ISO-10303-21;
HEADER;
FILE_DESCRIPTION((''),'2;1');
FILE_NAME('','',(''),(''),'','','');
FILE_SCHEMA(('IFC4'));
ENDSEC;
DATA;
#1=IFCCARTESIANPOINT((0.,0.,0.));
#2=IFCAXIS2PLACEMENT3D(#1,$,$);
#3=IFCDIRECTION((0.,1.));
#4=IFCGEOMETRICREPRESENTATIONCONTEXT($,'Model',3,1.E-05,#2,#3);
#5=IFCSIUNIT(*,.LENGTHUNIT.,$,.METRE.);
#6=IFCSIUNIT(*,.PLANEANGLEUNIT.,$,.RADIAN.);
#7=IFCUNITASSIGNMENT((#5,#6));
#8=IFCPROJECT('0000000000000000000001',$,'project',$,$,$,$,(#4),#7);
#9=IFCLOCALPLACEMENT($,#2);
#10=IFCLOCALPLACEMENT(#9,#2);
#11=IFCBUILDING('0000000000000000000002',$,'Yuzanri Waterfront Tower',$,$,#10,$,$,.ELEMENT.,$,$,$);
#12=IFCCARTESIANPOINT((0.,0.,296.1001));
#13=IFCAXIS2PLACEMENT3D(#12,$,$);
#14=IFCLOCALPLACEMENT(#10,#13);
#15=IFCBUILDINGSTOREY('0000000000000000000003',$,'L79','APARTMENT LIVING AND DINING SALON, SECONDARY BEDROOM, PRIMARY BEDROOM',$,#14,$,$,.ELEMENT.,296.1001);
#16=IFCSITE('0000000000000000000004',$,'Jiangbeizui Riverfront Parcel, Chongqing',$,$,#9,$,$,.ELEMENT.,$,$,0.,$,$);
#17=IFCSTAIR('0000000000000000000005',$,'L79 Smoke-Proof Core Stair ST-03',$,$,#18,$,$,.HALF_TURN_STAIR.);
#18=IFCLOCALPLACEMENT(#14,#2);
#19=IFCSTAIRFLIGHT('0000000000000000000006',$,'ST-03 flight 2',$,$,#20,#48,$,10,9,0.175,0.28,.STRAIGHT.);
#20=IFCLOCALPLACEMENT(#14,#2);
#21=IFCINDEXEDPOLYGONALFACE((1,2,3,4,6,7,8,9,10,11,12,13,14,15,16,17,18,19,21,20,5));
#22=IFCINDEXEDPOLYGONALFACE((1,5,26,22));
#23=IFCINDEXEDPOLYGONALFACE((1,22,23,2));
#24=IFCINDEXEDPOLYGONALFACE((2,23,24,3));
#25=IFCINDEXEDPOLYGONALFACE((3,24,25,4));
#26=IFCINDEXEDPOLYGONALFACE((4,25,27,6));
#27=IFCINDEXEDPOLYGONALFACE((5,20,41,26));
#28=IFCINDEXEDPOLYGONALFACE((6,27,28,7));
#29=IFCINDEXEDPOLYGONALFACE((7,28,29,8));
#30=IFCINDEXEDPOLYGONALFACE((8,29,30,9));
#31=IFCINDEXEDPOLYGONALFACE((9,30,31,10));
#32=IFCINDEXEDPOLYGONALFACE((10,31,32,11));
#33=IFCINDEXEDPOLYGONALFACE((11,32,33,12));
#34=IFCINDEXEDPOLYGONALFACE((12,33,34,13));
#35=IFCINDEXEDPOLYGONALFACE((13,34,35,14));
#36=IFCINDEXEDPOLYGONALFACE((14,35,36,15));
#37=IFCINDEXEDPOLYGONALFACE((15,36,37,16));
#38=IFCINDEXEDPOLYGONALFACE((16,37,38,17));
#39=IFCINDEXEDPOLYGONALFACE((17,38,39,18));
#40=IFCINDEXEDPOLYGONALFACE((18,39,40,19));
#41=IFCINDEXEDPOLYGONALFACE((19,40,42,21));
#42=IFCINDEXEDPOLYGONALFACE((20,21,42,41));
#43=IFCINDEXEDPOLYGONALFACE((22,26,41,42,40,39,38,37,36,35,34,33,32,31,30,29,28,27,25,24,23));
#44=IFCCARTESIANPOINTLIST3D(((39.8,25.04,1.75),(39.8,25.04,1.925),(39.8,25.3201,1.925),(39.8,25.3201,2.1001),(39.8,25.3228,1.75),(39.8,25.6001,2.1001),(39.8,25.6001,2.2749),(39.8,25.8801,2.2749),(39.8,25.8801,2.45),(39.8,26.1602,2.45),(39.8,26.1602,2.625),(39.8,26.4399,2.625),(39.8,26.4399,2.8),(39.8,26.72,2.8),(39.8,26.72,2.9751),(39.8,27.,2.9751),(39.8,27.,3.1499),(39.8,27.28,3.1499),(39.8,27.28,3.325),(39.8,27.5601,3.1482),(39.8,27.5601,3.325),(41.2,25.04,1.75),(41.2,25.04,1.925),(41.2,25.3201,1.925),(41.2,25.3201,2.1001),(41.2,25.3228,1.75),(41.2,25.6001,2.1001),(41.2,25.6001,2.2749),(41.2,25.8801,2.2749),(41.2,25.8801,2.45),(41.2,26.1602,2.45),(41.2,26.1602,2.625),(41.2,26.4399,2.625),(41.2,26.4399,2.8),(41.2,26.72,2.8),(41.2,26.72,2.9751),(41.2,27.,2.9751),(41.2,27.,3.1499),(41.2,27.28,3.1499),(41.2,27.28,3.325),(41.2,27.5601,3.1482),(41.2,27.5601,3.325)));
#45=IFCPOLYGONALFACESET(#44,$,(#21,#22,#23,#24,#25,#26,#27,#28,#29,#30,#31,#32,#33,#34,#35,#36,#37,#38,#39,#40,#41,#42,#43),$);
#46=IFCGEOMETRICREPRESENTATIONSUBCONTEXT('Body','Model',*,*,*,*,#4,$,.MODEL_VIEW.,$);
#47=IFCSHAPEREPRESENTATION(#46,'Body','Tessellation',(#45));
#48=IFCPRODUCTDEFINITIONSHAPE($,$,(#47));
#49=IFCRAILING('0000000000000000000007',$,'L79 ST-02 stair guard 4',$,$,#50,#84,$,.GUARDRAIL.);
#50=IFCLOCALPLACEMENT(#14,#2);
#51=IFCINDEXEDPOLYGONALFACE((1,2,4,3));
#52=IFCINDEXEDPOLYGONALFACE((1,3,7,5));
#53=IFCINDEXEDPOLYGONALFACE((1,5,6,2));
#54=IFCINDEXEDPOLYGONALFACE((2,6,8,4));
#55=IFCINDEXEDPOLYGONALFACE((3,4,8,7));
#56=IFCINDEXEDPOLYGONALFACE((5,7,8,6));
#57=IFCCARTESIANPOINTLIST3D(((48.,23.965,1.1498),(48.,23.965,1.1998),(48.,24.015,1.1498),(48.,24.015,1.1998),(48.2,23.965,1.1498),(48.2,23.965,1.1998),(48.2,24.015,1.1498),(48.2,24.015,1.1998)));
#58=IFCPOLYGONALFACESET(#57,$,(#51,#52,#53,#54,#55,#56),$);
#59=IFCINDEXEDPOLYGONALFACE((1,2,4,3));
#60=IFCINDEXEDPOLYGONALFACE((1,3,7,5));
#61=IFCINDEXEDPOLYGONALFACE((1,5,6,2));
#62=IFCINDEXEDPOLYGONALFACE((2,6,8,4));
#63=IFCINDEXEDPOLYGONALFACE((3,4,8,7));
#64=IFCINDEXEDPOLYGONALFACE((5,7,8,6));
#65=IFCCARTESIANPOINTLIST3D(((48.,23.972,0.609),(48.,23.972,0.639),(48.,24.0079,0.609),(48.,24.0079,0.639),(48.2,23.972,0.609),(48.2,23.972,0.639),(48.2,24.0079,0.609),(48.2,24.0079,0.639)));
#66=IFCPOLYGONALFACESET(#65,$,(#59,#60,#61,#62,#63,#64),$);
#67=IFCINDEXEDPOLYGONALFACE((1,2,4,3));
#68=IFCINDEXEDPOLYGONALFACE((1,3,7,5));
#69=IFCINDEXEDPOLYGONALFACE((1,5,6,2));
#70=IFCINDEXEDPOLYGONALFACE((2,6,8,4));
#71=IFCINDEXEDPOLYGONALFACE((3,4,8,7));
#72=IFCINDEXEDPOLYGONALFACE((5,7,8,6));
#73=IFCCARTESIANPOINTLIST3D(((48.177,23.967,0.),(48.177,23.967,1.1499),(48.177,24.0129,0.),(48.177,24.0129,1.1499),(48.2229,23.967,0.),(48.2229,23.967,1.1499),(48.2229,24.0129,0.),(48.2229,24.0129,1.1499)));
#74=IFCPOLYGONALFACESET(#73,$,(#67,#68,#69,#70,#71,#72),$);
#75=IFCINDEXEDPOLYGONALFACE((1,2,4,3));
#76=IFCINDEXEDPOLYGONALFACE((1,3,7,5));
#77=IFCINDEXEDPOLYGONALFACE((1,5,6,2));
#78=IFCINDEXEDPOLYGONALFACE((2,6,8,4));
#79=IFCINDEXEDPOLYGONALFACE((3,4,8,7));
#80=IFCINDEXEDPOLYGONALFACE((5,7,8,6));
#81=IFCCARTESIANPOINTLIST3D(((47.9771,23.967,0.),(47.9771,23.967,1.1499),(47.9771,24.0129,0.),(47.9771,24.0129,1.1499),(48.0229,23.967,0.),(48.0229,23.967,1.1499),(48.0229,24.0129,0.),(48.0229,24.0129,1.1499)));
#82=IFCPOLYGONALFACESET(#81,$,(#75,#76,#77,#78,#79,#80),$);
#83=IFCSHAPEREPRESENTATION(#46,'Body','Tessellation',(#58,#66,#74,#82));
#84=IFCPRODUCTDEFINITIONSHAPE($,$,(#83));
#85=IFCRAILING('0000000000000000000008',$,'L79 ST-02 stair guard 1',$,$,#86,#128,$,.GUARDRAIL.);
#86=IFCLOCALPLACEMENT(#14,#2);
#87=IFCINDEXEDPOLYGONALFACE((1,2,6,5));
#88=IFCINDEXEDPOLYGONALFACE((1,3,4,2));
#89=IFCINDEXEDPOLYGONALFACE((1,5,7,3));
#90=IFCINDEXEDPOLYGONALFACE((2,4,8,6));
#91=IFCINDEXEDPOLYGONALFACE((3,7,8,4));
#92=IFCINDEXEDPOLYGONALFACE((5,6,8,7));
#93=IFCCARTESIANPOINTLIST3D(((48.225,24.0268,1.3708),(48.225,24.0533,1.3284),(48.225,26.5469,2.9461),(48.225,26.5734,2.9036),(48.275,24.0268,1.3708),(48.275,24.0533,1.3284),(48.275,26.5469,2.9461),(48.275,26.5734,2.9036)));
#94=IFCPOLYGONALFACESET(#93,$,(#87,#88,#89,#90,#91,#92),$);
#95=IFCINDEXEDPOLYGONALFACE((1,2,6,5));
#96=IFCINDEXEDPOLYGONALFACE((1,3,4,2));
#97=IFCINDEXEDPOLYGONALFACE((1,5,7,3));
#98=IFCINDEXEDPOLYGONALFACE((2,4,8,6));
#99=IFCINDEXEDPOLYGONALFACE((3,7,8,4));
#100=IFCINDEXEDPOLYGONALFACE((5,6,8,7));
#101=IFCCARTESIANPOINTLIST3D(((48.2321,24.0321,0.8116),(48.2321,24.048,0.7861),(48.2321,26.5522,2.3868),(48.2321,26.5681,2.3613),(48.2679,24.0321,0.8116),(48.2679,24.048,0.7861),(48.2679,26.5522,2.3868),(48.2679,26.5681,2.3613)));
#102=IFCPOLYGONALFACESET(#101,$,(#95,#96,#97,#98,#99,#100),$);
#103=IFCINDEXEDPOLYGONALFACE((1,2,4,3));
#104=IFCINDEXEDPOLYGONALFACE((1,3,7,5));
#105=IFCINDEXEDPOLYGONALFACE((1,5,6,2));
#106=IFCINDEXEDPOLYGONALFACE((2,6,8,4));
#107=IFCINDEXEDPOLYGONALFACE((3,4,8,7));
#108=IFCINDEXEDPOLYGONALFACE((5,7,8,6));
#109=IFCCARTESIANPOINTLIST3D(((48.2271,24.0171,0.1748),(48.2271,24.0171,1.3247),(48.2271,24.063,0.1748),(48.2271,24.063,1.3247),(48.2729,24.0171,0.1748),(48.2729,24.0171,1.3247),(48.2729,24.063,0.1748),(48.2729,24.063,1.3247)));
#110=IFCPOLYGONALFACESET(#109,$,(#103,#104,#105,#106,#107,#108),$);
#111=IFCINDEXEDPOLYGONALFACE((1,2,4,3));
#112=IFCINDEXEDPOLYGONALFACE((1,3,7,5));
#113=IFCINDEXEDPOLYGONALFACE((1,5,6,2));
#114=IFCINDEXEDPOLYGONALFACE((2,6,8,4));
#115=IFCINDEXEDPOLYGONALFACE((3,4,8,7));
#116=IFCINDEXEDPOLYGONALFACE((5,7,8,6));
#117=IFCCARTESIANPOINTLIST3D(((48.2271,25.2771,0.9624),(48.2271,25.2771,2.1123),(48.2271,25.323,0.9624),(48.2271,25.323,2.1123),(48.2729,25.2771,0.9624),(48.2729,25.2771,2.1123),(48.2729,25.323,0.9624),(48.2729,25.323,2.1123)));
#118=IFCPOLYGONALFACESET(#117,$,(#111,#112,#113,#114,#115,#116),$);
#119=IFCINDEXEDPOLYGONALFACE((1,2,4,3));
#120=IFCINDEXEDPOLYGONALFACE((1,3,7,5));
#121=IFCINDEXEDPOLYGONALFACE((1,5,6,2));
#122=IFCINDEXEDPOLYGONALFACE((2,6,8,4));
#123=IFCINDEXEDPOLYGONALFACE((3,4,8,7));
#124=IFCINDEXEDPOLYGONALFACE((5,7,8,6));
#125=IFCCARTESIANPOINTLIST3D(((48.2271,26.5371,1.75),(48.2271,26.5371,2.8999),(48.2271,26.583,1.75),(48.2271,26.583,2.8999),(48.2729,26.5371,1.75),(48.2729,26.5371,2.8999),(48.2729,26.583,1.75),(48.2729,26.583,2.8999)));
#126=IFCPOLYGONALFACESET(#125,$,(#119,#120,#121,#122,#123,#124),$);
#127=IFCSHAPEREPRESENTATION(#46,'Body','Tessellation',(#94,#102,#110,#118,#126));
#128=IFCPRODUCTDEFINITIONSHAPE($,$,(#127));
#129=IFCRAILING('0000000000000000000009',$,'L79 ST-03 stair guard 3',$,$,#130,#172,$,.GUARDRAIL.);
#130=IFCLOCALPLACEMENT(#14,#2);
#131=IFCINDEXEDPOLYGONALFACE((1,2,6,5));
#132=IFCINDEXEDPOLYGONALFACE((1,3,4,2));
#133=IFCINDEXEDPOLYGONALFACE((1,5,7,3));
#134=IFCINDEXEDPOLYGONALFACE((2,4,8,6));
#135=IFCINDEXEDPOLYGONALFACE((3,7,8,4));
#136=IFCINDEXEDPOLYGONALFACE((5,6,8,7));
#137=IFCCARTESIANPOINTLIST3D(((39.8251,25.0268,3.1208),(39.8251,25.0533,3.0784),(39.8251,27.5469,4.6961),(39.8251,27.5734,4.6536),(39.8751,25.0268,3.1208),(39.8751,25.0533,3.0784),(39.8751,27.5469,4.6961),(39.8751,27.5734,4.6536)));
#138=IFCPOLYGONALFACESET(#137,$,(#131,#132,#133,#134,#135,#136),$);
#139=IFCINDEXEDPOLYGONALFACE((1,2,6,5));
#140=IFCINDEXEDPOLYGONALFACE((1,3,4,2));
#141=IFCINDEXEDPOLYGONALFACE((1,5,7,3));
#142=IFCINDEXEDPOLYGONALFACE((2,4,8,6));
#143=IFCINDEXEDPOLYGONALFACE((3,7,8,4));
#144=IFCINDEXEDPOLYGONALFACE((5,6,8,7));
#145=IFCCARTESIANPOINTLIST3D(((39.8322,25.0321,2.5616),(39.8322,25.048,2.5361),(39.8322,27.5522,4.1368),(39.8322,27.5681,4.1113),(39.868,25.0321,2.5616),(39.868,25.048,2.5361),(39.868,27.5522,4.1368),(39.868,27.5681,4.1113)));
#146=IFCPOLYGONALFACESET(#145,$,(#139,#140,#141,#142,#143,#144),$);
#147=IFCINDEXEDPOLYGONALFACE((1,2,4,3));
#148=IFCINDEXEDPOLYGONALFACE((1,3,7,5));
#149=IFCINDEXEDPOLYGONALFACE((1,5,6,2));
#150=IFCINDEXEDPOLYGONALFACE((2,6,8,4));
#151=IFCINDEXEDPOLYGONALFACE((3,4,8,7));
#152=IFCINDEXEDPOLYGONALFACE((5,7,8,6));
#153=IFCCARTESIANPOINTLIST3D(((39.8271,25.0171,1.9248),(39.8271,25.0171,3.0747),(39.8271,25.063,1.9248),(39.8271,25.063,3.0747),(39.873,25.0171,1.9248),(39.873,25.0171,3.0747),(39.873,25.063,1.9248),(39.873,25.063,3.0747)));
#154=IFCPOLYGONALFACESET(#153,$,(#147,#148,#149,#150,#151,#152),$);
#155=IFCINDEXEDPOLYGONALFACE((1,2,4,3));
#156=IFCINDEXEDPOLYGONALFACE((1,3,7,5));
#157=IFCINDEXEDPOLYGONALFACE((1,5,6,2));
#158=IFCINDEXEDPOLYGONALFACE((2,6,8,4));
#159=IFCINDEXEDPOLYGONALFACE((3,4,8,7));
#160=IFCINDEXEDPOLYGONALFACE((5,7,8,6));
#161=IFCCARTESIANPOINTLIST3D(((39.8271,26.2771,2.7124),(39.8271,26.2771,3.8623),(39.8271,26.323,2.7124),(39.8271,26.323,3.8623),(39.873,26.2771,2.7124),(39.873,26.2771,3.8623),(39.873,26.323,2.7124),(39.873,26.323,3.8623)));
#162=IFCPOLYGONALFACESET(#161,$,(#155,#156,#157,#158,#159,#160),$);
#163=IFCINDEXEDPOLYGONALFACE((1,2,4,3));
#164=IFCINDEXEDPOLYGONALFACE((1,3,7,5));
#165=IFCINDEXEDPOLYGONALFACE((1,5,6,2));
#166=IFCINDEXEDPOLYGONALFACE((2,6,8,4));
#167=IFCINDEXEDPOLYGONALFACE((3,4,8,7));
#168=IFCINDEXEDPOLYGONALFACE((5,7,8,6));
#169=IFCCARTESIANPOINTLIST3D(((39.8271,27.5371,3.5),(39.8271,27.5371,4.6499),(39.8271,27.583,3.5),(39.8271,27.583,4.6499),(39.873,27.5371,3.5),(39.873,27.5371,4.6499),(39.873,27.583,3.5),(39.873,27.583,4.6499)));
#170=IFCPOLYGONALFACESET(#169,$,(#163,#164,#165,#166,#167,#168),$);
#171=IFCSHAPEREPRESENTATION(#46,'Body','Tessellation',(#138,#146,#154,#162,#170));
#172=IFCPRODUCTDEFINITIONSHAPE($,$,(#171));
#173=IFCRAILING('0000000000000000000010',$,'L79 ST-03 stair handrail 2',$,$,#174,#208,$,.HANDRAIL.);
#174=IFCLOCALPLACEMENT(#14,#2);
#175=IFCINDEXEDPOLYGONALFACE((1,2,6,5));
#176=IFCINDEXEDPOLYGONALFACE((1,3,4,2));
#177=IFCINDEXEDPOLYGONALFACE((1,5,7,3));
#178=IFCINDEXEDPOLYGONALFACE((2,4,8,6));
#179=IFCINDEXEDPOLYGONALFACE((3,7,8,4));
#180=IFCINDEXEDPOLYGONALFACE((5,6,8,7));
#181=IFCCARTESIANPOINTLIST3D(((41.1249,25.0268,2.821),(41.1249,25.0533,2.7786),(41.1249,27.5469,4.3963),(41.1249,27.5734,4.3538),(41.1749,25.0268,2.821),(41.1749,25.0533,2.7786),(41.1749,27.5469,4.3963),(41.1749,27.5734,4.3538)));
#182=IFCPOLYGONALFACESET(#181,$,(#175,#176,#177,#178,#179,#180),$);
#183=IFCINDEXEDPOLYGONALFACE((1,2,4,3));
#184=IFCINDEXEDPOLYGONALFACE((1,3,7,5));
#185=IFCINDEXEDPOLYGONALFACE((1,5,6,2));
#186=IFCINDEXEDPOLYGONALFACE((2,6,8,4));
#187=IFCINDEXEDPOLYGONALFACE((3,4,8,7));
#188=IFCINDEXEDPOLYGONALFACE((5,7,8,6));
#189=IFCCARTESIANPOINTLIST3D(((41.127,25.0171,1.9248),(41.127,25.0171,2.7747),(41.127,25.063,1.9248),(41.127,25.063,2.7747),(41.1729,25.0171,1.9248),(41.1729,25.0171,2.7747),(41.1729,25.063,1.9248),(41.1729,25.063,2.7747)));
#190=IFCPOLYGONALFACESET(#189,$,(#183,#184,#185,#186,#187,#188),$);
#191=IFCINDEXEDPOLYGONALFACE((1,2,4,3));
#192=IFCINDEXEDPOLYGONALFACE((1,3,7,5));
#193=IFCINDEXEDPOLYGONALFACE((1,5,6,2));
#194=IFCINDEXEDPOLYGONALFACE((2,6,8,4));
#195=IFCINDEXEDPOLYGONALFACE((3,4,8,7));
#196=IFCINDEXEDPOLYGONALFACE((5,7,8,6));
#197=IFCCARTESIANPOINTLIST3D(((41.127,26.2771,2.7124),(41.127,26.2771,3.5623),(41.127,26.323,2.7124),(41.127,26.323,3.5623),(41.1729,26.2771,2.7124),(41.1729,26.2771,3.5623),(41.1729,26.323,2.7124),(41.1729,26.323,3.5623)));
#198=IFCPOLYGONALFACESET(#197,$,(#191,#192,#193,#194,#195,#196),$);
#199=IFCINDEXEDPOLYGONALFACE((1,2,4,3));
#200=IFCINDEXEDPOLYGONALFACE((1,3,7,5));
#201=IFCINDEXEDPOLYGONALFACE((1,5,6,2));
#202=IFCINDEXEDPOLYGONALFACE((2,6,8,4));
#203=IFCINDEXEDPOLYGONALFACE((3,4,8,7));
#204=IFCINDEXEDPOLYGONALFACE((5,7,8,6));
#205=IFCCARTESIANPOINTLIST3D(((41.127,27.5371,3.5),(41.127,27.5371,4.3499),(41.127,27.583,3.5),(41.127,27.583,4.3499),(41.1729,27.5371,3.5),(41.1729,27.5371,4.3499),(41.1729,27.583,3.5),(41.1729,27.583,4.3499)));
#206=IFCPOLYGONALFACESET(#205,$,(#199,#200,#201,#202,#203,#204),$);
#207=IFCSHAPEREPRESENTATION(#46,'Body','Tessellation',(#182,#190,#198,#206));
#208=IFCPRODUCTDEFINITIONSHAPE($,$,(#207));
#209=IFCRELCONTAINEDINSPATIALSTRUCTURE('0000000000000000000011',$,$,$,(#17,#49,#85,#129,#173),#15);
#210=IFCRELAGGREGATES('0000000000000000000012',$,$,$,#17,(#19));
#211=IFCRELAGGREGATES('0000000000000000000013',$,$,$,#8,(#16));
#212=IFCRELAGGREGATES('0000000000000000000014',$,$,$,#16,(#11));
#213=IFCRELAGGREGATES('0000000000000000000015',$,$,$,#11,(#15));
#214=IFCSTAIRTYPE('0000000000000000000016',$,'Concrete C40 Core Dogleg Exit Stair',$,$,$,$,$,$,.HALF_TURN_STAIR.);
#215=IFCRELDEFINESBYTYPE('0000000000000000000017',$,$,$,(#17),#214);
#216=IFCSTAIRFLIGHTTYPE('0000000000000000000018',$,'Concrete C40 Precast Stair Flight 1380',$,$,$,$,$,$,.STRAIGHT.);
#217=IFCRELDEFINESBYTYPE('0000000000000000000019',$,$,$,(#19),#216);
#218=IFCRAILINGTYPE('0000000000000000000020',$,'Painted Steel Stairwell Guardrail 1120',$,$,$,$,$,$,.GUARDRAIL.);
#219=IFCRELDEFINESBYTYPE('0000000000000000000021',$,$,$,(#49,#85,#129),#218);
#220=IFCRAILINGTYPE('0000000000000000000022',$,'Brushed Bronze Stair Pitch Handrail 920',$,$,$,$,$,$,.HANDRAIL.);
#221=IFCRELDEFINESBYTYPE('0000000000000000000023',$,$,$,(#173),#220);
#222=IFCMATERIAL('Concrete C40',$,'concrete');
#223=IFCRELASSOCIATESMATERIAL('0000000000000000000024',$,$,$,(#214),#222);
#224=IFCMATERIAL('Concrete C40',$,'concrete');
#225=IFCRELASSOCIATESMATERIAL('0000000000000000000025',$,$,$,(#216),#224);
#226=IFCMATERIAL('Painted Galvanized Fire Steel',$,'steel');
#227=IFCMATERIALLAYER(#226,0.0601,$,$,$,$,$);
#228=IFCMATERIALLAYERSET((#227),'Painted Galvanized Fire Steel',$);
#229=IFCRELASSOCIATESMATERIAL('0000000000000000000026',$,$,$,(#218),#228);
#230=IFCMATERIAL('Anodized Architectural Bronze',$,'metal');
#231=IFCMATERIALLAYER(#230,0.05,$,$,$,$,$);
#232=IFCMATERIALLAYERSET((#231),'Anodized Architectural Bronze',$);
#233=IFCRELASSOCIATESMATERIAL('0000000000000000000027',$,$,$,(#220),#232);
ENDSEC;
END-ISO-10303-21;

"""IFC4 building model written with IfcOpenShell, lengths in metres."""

from ifc_helpers import new_model, si_unit, direction, frame, origin, origin_2d, place, context, subcontext, project, spatial, polyline, rectangle, outline, extrude, source, transform, mapped, material, layer, layer_set, type_object, element, aggregate, save


model = new_model("IFC4")

# Units and contexts
model_context = context("Model", 3, precision=1e-05, world=origin(), true_north=direction((0.0, 1.0)))
body_context = subcontext(model_context, "Body", "Model", "MODEL_VIEW")
ifc_project = project(units=[si_unit("LENGTHUNIT", "METRE"), si_unit("PLANEANGLEUNIT", "RADIAN")], contexts=[model_context])

# Site, building, storey
site_placement = place(None, origin())
site = spatial("IfcSite", under=ifc_project, at=site_placement, Name="Jiangbeizui Riverfront Parcel, Chongqing", CompositionType="ELEMENT", RefElevation=0.0)
building_placement = place(site_placement, origin())
building = spatial("IfcBuilding", under=site, at=building_placement, Name="Yuzanri Waterfront Tower", CompositionType="ELEMENT")
storey_placement = place(building_placement, frame((0.0, 0.0, 296.1001)))
storey = spatial("IfcBuildingStorey", under=building, at=storey_placement, Name="L79", Description="APARTMENT LIVING AND DINING SALON, SECONDARY BEDROOM, PRIMARY BEDROOM", CompositionType="ELEMENT", Elevation=296.1001)

# Stair, stair flight
ifc_material_1 = material(Name="Concrete C40", Category="concrete")
stair_type = type_object("IfcStairType", Name="Concrete C40 Core Dogleg Exit Stair", PredefinedType="HALF_TURN_STAIR", material=ifc_material_1)
stair_placement = place(storey_placement, origin())
stair = element("IfcStair", 1, at=stair_placement, inside=storey, type_object=stair_type, Name="L79 Smoke-Proof Core Stair ST-03", PredefinedType="HALF_TURN_STAIR")
ifc_material_2 = material(Name="Concrete C40", Category="concrete")
stair_flight_type = type_object("IfcStairFlightType", Name="Concrete C40 Precast Stair Flight 1380", PredefinedType="STRAIGHT", material=ifc_material_2)
shared_shape_1 = source(origin(), body_context, "Body", "SweptSolid", [
    extrude(outline(polyline([(0.0, 0.0), (0.0, 0.175), (0.28, 0.175), (0.28, 0.3501), (0.5601, 0.3501), (0.5601, 0.5249), (0.8401, 0.5249), (0.8401, 0.7), (1.1201, 0.7), (1.1201, 0.875), (1.3999, 0.875), (1.3999, 1.05), (1.6799, 1.05), (1.6799, 1.2251), (1.96, 1.2251), (1.96, 1.3999), (2.24, 1.3999), (2.24, 1.575), (2.52, 1.575), (2.52, 1.75), (2.52, 1.3982), (0.2827, 0.0), (0.0, 0.0)])), frame((0.0, 0.7, 0.0), z_axis=(0.0, -1.0, 0.0), x_axis=(1.0, 0.0, 0.0)), (0.0, 0.0, 1.0), 1.3999),
])
stair_flight_placement = place(storey_placement, frame((40.5, 25.04, 1.75), z_axis=(0.0, 0.0, 1.0), x_axis=(0.0, 1.0, 0.0)))
stair_flight = element("IfcStairFlight", 2, at=stair_flight_placement, type_object=stair_flight_type, Name="ST-03 flight 2", NumberOfRisers=10, NumberOfTreads=9, PredefinedType="STRAIGHT", RiserHeight=0.175, TreadLength=0.28, context=body_context, shape_type="MappedRepresentation", body=[
    mapped(shared_shape_1, transform((0.0, 0.0, 0.0), scale=1.0)),
])
aggregate(stair, [stair_flight])

# Railings
ifc_material_3 = material(Name="Painted Galvanized Fire Steel", Category="steel")
ifc_layer_1 = layer(ifc_material_3, 0.0601)
ifc_layer_set_1 = layer_set([ifc_layer_1], Name="Painted Galvanized Fire Steel")
railing_type_1 = type_object("IfcRailingType", Name="Painted Steel Stairwell Guardrail 1120", PredefinedType="GUARDRAIL", material=ifc_layer_set_1)
shared_shape_2 = source(origin(), body_context, "Body", "SweptSolid", [
    extrude(rectangle(XDim=0.05, YDim=0.05, at=origin_2d()), frame((0.0, 0.0, 1.1748), z_axis=(-1.0, 0.0, 0.0), x_axis=(0.0, -1.0, 0.0)), (0.0, 0.0, 1.0), 0.2),
    extrude(rectangle(XDim=0.0359, YDim=0.03, at=origin_2d()), frame((0.0, 0.0, 0.624), z_axis=(-1.0, 0.0, 0.0), x_axis=(0.0, -1.0, 0.0)), (0.0, 0.0, 1.0), 0.2),
    extrude(rectangle(XDim=0.0459, YDim=0.0459, at=origin_2d()), origin(), (0.0, 0.0, 1.0), 1.1499),
    extrude(rectangle(XDim=0.0459, YDim=0.0459, at=origin_2d()), frame((-0.2, 0.0, 0.0)), (0.0, 0.0, 1.0), 1.1499),
])
railing_1_placement = place(storey_placement, frame((48.2, 23.99, 0.0)))
element("IfcRailing", 3, at=railing_1_placement, inside=storey, type_object=railing_type_1, Name="L79 ST-02 stair guard 4", PredefinedType="GUARDRAIL", context=body_context, shape_type="MappedRepresentation", body=[
    mapped(shared_shape_2, transform((0.0, 0.0, 0.0), scale=1.0)),
])
shared_shape_3 = source(origin(), body_context, "Body", "SweptSolid", [
    extrude(rectangle(XDim=0.05, YDim=0.05, at=origin_2d()), frame((0.0, 0.0, 1.1748), z_axis=(0.0, 0.847971, 0.530043), x_axis=(-1.0, 0.0, 0.0)), (0.0, 0.0, 1.0), 2.9719),
    extrude(rectangle(XDim=0.0359, YDim=0.03, at=origin_2d()), frame((0.0, 0.0, 0.624), z_axis=(0.0, 0.847971, 0.530043), x_axis=(-1.0, 0.0, 0.0)), (0.0, 0.0, 1.0), 2.9719),
    extrude(rectangle(XDim=0.0459, YDim=0.0459, at=origin_2d()), origin(), (0.0, 0.0, 1.0), 1.1499),
    extrude(rectangle(XDim=0.0459, YDim=0.0459, at=origin_2d()), frame((0.0, 1.26, 0.7876)), (0.0, 0.0, 1.0), 1.1499),
    extrude(rectangle(XDim=0.0459, YDim=0.0459, at=origin_2d()), frame((0.0, 2.52, 1.5752)), (0.0, 0.0, 1.0), 1.1499),
])
for number, where, name in (
    (4, (48.25, 24.04, 0.1748), "L79 ST-02 stair guard 1"),
    (5, (39.8501, 25.04, 1.9248), "L79 ST-03 stair guard 3"),
):
    element("IfcRailing", number, at=place(storey_placement, frame(where)), inside=storey, type_object=railing_type_1, Name=name, PredefinedType="GUARDRAIL", context=body_context, shape_type="MappedRepresentation", body=[
        mapped(shared_shape_3, transform((0.0, 0.0, 0.0), scale=1.0)),
    ])
ifc_material_4 = material(Name="Anodized Architectural Bronze", Category="metal")
ifc_layer_2 = layer(ifc_material_4, 0.05)
ifc_layer_set_2 = layer_set([ifc_layer_2], Name="Anodized Architectural Bronze")
railing_type_2 = type_object("IfcRailingType", Name="Brushed Bronze Stair Pitch Handrail 920", PredefinedType="HANDRAIL", material=ifc_layer_set_2)
shared_shape_4 = source(origin(), body_context, "Body", "SweptSolid", [
    extrude(rectangle(XDim=0.05, YDim=0.05, at=origin_2d()), frame((0.0, 0.0, 0.875), z_axis=(0.0, 0.847971, 0.530043), x_axis=(-1.0, 0.0, 0.0)), (0.0, 0.0, 1.0), 2.9719),
    extrude(rectangle(XDim=0.0459, YDim=0.0459, at=origin_2d()), origin(), (0.0, 0.0, 1.0), 0.8499),
    extrude(rectangle(XDim=0.0459, YDim=0.0459, at=origin_2d()), frame((0.0, 1.26, 0.7876)), (0.0, 0.0, 1.0), 0.8499),
    extrude(rectangle(XDim=0.0459, YDim=0.0459, at=origin_2d()), frame((0.0, 2.52, 1.5752)), (0.0, 0.0, 1.0), 0.8499),
])
railing_2_placement = place(storey_placement, frame((41.1499, 25.04, 1.9248)))
element("IfcRailing", 6, at=railing_2_placement, inside=storey, type_object=railing_type_2, Name="L79 ST-03 stair handrail 2", PredefinedType="HANDRAIL", context=body_context, shape_type="MappedRepresentation", body=[
    mapped(shared_shape_4, transform((0.0, 0.0, 0.0), scale=1.0)),
])

save(model, "model.ifc")
